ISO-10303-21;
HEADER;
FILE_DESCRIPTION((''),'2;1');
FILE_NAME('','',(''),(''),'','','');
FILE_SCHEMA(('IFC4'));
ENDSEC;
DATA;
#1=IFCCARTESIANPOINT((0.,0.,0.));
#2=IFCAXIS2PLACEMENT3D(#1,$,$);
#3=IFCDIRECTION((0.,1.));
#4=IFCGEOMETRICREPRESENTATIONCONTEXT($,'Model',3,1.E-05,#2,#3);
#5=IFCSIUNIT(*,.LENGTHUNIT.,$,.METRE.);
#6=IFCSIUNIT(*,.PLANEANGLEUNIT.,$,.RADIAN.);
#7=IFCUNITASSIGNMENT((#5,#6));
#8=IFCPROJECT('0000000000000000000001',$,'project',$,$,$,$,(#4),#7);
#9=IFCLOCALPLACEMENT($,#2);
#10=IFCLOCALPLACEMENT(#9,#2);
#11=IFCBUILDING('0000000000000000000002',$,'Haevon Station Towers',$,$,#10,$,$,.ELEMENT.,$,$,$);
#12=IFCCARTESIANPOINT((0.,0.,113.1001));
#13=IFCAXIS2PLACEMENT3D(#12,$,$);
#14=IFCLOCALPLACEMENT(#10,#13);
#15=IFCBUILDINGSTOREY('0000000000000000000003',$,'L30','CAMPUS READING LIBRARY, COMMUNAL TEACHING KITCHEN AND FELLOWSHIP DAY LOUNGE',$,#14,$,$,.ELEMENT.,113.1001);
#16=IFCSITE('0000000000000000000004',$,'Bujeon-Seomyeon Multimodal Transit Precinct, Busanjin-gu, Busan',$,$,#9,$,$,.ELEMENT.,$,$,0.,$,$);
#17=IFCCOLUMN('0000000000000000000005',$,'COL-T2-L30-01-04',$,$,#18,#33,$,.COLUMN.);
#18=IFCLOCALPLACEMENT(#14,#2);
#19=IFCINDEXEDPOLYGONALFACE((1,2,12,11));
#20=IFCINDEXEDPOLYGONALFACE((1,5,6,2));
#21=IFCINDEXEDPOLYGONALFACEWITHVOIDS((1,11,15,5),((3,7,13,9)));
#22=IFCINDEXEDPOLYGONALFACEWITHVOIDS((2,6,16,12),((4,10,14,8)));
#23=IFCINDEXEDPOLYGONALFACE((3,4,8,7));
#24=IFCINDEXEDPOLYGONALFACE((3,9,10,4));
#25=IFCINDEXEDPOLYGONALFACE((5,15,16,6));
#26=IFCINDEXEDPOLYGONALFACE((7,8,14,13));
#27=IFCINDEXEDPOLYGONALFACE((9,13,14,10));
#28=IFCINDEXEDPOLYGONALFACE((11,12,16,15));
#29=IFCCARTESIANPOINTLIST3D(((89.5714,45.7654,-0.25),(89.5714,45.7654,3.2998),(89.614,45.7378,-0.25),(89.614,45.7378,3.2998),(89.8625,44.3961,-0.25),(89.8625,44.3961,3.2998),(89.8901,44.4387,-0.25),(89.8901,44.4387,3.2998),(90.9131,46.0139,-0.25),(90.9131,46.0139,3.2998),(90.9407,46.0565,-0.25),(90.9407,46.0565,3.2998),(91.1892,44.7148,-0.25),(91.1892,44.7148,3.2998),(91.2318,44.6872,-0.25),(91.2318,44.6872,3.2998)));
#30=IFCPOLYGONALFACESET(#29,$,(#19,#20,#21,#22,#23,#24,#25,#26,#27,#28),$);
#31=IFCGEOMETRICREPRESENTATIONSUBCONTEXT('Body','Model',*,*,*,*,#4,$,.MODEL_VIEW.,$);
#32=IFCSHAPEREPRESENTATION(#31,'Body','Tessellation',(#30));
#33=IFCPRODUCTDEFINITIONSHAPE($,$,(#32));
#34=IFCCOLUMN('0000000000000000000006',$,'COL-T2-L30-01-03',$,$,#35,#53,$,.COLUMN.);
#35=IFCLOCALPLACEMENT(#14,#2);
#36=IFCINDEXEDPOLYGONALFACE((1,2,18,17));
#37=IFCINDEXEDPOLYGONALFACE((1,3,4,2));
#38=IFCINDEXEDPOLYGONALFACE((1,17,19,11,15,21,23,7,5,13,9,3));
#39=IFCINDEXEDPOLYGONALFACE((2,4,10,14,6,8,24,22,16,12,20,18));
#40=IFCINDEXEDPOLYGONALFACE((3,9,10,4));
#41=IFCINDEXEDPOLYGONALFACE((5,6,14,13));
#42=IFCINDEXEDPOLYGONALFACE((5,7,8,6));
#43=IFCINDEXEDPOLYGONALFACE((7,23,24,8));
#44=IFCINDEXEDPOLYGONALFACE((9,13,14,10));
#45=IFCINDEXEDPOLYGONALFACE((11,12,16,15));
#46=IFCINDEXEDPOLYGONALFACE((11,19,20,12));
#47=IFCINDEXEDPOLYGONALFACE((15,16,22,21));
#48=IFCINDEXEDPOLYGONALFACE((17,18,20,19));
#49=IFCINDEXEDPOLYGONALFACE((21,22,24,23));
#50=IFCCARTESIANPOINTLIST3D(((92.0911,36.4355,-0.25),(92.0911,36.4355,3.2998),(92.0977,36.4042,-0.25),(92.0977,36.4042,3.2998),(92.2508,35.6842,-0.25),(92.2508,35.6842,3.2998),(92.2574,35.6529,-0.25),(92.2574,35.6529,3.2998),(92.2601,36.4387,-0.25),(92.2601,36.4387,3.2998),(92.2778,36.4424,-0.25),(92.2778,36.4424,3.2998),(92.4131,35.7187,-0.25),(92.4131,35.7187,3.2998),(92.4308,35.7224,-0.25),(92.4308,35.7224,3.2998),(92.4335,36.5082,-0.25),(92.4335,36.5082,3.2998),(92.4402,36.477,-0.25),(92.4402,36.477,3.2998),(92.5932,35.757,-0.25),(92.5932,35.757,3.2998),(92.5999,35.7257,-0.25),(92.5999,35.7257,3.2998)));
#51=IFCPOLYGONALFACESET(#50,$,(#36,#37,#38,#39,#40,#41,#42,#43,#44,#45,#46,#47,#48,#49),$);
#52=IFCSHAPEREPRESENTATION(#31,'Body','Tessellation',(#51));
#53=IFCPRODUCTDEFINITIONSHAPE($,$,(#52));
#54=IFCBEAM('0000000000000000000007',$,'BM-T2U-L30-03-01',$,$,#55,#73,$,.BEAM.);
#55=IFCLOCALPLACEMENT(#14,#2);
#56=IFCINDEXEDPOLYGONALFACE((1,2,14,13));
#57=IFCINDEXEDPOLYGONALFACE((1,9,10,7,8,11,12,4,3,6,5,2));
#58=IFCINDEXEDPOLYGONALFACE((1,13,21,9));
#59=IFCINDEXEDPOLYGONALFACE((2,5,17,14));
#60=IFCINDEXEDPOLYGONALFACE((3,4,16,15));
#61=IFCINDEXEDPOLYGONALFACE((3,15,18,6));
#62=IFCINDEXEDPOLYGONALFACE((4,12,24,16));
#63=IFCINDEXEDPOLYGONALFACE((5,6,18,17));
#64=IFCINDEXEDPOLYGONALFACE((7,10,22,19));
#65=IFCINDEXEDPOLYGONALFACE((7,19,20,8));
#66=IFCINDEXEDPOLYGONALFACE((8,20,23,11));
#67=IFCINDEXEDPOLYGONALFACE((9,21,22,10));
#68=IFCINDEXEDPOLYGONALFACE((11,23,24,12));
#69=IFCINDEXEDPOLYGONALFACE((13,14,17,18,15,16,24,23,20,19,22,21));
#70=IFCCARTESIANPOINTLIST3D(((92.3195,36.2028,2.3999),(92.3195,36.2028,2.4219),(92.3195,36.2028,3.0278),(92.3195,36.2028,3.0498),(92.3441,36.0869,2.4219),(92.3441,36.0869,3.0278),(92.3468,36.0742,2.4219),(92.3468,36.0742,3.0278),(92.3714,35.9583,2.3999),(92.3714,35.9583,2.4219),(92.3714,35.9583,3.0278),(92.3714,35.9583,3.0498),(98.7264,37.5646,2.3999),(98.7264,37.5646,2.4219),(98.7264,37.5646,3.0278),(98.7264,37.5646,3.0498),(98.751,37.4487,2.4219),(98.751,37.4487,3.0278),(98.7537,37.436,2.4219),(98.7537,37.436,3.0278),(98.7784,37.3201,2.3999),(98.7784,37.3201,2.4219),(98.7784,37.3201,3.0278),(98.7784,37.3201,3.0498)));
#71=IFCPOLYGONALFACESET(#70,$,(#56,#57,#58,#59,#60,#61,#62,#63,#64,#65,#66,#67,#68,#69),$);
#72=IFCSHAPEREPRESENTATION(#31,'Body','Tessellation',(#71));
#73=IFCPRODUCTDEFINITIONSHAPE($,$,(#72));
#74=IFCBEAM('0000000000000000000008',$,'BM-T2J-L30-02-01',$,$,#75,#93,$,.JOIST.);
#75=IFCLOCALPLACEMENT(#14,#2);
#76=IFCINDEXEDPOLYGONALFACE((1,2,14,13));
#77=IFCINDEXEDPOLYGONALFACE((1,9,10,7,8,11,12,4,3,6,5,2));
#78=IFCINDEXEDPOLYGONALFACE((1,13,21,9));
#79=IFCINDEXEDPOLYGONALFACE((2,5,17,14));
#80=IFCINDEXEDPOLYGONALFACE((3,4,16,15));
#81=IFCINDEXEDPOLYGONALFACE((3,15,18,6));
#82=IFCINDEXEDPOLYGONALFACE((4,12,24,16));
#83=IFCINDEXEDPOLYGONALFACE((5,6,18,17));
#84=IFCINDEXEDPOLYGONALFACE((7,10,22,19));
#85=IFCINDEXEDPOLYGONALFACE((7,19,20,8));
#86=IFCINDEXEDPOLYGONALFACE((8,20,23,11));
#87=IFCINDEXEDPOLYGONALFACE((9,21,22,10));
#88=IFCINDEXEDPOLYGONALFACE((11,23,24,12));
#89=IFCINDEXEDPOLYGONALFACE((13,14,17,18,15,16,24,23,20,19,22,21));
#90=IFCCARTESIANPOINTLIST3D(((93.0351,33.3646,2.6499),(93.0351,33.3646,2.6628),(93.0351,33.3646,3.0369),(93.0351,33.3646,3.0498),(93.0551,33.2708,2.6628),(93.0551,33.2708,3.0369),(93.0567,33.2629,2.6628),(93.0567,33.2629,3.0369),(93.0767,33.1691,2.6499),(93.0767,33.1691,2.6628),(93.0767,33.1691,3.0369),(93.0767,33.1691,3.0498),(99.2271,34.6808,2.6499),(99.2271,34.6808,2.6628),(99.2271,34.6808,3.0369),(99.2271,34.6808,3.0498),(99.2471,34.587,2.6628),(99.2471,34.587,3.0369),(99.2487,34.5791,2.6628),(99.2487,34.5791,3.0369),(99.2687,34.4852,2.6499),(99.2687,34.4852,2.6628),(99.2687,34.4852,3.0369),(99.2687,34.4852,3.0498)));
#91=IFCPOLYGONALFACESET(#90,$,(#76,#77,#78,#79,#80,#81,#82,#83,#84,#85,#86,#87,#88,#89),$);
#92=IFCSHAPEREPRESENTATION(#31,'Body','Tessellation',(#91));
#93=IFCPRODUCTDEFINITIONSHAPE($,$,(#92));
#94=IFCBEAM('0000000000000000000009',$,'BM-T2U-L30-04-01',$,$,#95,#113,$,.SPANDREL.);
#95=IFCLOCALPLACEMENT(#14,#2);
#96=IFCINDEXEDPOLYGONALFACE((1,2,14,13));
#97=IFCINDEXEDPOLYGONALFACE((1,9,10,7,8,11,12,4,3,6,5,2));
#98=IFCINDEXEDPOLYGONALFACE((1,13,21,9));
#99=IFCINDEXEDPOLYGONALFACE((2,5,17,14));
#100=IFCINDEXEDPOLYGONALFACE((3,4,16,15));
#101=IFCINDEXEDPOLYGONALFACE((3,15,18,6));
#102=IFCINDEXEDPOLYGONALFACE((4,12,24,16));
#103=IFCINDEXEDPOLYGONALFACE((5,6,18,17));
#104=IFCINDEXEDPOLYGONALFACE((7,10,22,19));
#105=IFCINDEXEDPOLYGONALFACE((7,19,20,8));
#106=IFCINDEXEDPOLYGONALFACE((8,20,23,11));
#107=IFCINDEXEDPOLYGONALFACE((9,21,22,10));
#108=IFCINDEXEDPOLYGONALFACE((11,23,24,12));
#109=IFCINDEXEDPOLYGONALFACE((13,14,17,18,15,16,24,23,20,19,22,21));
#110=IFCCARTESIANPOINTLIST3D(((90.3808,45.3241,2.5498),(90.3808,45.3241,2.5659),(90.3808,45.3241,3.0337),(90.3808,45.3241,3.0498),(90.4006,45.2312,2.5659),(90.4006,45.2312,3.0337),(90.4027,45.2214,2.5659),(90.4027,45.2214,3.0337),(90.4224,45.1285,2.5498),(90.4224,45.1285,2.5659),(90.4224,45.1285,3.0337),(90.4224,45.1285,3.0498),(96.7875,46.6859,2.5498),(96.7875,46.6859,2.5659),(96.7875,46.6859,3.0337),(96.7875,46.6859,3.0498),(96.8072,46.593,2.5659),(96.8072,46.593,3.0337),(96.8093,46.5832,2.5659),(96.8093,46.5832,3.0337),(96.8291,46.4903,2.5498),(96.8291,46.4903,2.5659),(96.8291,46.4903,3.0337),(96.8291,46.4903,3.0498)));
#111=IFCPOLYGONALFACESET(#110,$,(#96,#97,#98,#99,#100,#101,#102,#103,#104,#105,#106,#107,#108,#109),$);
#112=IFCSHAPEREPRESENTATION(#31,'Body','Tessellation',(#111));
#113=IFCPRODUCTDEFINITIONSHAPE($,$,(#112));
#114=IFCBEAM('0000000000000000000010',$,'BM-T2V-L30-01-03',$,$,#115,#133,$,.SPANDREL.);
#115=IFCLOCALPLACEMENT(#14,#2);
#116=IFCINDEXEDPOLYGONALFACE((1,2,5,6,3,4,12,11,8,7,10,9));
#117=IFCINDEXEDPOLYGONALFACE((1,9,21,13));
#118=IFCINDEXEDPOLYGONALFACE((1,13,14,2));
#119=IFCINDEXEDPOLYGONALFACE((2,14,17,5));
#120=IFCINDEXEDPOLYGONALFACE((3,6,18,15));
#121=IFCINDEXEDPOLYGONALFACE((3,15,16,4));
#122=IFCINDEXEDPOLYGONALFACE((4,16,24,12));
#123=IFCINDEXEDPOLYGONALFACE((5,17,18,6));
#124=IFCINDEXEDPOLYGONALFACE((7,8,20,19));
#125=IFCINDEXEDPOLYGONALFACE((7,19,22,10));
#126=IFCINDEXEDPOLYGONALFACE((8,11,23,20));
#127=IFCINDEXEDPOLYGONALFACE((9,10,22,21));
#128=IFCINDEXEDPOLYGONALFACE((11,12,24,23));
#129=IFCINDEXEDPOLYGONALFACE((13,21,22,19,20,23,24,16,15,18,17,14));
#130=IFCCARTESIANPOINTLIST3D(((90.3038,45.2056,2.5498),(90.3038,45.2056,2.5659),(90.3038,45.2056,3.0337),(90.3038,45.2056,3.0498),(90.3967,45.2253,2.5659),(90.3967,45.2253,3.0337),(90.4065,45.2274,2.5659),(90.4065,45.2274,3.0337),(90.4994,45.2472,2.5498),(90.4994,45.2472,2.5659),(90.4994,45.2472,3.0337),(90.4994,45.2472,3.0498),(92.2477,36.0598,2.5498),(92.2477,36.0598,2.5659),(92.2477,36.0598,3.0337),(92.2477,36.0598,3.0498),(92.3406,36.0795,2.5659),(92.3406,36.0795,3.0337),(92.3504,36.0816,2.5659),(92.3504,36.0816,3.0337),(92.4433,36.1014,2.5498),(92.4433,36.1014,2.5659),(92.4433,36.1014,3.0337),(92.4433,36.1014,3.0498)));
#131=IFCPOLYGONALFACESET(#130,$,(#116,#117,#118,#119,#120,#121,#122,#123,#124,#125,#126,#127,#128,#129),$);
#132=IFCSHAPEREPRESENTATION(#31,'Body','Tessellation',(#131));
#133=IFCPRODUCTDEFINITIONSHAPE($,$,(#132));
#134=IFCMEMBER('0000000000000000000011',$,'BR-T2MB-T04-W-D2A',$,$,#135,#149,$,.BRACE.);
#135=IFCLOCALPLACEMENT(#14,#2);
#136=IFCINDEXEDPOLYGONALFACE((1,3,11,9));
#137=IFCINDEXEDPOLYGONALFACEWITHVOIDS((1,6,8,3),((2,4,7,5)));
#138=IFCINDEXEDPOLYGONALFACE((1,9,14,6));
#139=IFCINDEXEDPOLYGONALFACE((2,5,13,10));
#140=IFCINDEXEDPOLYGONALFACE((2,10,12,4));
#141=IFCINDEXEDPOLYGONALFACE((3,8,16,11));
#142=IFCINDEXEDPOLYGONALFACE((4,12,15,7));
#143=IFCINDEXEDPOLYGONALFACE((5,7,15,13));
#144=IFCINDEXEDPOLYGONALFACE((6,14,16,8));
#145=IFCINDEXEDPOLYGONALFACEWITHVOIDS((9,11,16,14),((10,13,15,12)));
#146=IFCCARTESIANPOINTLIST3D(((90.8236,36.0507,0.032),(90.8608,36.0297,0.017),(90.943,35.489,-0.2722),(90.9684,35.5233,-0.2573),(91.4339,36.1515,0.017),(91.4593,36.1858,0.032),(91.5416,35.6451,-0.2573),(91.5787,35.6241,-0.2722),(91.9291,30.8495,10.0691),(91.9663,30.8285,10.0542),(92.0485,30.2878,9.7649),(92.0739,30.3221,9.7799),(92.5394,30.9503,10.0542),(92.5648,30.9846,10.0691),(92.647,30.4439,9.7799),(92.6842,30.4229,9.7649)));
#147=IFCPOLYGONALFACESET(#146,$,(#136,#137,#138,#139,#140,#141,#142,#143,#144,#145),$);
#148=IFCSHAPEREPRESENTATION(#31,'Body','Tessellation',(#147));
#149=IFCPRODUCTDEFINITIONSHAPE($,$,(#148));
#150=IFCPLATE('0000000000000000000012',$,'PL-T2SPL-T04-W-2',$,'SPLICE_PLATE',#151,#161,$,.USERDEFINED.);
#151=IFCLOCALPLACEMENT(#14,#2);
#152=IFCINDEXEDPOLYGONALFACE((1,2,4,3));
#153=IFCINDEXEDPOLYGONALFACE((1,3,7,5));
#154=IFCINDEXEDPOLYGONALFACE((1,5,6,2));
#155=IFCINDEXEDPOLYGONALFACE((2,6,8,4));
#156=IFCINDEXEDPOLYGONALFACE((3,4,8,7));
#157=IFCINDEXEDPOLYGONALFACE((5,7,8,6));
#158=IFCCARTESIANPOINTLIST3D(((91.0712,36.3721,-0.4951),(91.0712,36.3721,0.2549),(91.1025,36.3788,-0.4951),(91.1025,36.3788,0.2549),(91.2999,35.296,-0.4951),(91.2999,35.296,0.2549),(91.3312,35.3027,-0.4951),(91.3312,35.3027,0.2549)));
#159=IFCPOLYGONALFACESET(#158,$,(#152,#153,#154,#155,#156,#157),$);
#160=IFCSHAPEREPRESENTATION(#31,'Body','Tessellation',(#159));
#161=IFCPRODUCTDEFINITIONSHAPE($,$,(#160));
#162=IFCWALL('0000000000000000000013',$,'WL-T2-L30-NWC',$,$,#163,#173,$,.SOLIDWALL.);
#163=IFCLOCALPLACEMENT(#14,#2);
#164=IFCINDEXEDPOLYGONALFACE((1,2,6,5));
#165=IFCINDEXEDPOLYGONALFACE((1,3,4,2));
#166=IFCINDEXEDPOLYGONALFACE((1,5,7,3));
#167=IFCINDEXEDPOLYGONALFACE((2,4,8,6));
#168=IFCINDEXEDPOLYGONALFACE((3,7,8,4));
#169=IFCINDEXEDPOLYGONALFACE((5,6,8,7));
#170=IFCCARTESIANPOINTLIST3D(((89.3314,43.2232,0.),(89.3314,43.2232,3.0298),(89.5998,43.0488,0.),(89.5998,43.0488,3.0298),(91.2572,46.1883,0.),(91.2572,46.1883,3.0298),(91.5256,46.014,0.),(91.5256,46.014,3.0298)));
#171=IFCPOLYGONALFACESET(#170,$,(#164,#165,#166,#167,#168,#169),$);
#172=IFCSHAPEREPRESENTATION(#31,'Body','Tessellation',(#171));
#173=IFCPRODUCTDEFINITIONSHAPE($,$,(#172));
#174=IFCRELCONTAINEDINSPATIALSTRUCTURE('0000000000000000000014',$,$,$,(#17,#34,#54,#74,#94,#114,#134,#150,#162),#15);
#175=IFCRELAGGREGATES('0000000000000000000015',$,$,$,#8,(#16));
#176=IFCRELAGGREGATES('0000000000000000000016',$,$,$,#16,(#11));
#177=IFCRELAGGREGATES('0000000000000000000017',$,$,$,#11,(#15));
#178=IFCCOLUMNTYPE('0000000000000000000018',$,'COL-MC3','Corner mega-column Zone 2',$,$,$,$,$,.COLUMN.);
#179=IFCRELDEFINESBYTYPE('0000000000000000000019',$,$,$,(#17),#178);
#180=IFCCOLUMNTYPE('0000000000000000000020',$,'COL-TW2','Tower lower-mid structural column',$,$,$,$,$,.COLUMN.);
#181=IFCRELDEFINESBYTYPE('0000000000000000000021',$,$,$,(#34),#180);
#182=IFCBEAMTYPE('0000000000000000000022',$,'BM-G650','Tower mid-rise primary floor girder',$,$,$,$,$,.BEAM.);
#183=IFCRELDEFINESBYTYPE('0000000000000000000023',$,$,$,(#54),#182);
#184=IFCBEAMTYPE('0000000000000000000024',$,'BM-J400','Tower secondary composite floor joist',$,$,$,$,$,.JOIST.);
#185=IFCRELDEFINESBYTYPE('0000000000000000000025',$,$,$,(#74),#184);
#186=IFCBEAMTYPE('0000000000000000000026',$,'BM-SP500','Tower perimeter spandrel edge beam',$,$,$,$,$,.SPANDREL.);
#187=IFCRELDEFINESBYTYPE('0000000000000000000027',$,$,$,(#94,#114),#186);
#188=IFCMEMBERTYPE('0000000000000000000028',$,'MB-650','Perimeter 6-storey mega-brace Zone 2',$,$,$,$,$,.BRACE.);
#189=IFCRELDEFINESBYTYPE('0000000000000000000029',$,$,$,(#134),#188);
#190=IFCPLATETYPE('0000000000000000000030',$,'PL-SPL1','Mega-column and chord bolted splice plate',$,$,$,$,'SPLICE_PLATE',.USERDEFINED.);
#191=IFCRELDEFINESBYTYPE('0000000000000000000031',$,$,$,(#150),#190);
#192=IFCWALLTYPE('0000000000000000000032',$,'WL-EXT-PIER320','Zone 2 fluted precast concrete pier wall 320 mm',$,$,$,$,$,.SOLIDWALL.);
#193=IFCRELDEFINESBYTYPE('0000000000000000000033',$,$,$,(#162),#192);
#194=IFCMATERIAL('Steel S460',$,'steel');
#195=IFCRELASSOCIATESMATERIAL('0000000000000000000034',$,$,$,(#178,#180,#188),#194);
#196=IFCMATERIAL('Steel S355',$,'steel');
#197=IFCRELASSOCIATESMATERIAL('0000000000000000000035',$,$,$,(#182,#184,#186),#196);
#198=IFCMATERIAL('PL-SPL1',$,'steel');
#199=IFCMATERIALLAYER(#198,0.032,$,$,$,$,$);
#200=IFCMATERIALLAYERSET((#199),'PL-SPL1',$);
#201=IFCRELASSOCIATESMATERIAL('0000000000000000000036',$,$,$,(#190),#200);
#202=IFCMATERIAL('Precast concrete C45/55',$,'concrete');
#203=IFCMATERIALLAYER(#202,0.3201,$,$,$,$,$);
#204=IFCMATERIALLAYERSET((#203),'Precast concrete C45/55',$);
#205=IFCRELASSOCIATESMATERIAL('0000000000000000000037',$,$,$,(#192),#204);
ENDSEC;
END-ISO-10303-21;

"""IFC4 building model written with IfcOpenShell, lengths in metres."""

from ifc_helpers import new_model, si_unit, direction, frame, frame_2d, origin, origin_2d, place, context, subcontext, project, spatial, rectangle, hollow_rectangle, i_section, extrude, material, layer, layer_set, material_profile, profile_set, type_object, element, save


model = new_model("IFC4")

# Units and contexts
model_context = context("Model", 3, precision=1e-05, world=origin(), true_north=direction((0.0, 1.0)))
body_context = subcontext(model_context, "Body", "Model", "MODEL_VIEW")
ifc_project = project(units=[si_unit("LENGTHUNIT", "METRE"), si_unit("PLANEANGLEUNIT", "RADIAN")], contexts=[model_context])

# Site, building, storey
site_placement = place(None, origin())
site = spatial("IfcSite", under=ifc_project, at=site_placement, Name="Bujeon-Seomyeon Multimodal Transit Precinct, Busanjin-gu, Busan", CompositionType="ELEMENT", RefElevation=0.0)
building_placement = place(site_placement, origin())
building = spatial("IfcBuilding", under=site, at=building_placement, Name="Haevon Station Towers", CompositionType="ELEMENT")
storey_placement = place(building_placement, frame((0.0, 0.0, 113.1001)))
storey = spatial("IfcBuildingStorey", under=building, at=storey_placement, Name="L30", Description="CAMPUS READING LIBRARY, COMMUNAL TEACHING KITCHEN AND FELLOWSHIP DAY LOUNGE", CompositionType="ELEMENT", Elevation=113.1001)

# Columns
ifc_material_1 = material(Name="Steel S460", Category="steel")
ifc_material_profile_1 = material_profile(ifc_material_1, hollow_rectangle(XDim=1.3999, YDim=1.3999, WallThickness=0.0359, at=origin_2d()), Name="BOX-1400x1400x36")
ifc_profile_set_1 = profile_set([ifc_material_profile_1], Name="Steel S460")
column_type_1 = type_object("IfcColumnType", Name="COL-MC3", Description="Corner mega-column Zone 2", PredefinedType="COLUMN", material=ifc_profile_set_1)
column_1_placement = place(storey_placement, frame((90.4016, 45.2263, -0.25), z_axis=(0.0, 0.0, 1.0), x_axis=(0.978148, 0.207912, 0.0)))
element("IfcColumn", 1, at=column_1_placement, inside=storey, type_object=column_type_1, Name="COL-T2-L30-01-04", PredefinedType="COLUMN", context=body_context, shape_type="SweptSolid", body=[
    extrude(hollow_rectangle(XDim=1.3999, YDim=1.3999, WallThickness=0.0359, at=origin_2d()), origin(), (0.0, 0.0, 1.0), 3.5498),
])
ifc_material_profile_2 = material_profile(ifc_material_1, i_section(OverallWidth=0.3501, OverallDepth=0.8, WebThickness=0.0181, FlangeThickness=0.032, at=origin_2d()), Name="H-800x350x18x32")
ifc_profile_set_2 = profile_set([ifc_material_profile_2], Name="Steel S460")
column_type_2 = type_object("IfcColumnType", Name="COL-TW2", Description="Tower lower-mid structural column", PredefinedType="COLUMN", material=ifc_profile_set_2)
column_2_placement = place(storey_placement, frame((92.3455, 36.0806, -0.25), z_axis=(0.0, 0.0, 1.0), x_axis=(0.978148, 0.207912, 0.0)))
element("IfcColumn", 2, at=column_2_placement, inside=storey, type_object=column_type_2, Name="COL-T2-L30-01-03", PredefinedType="COLUMN", context=body_context, shape_type="SweptSolid", body=[
    extrude(i_section(OverallWidth=0.3501, OverallDepth=0.8, WebThickness=0.0181, FlangeThickness=0.032, at=origin_2d()), origin(), (0.0, 0.0, 1.0), 3.5498),
])

# Beams
ifc_material_2 = material(Name="Steel S355", Category="steel")
ifc_material_profile_3 = material_profile(ifc_material_2, i_section(OverallWidth=0.25, OverallDepth=0.6499, WebThickness=0.0129, FlangeThickness=0.022, at=origin_2d()), Name="H-650x250x13x22")
ifc_profile_set_3 = profile_set([ifc_material_profile_3], Name="Steel S355")
beam_type_1 = type_object("IfcBeamType", Name="BM-G650", Description="Tower mid-rise primary floor girder", PredefinedType="BEAM", material=ifc_profile_set_3)
beam_1_placement = place(storey_placement, frame((92.3455, 36.0806, 2.7249), z_axis=(0.978149, 0.207907, 0.0), x_axis=(-0.207907, 0.978149, 0.0)))
element("IfcBeam", 3, at=beam_1_placement, inside=storey, type_object=beam_type_1, Name="BM-T2U-L30-03-01", PredefinedType="BEAM", context=body_context, shape_type="SweptSolid", body=[
    extrude(i_section(OverallWidth=0.25, OverallDepth=0.6499, WebThickness=0.0129, FlangeThickness=0.022, at=origin_2d()), origin(), (0.0, 0.0, 1.0), 6.55),
])
ifc_material_profile_4 = material_profile(ifc_material_2, i_section(OverallWidth=0.2, OverallDepth=0.3999, WebThickness=0.0081, FlangeThickness=0.0129, at=origin_2d()), Name="H-400x200x8x13")
ifc_profile_set_4 = profile_set([ifc_material_profile_4], Name="Steel S355")
beam_type_2 = type_object("IfcBeamType", Name="BM-J400", Description="Tower secondary composite floor joist", PredefinedType="JOIST", material=ifc_profile_set_4)
beam_2_placement = place(storey_placement, frame((93.0559, 33.2668, 2.8499), z_axis=(0.978146, 0.207917, 0.0), x_axis=(-0.207917, 0.978146, 0.0)))
element("IfcBeam", 4, at=beam_2_placement, inside=storey, type_object=beam_type_2, Name="BM-T2J-L30-02-01", PredefinedType="JOIST", context=body_context, shape_type="SweptSolid", body=[
    extrude(i_section(OverallWidth=0.2, OverallDepth=0.3999, WebThickness=0.0081, FlangeThickness=0.0129, at=origin_2d()), origin(), (0.0, 0.0, 1.0), 6.3303),
])
ifc_material_profile_5 = material_profile(ifc_material_2, i_section(OverallWidth=0.2, OverallDepth=0.5, WebThickness=0.01, FlangeThickness=0.0161, at=origin_2d()), Name="H-500x200x10x16")
ifc_profile_set_5 = profile_set([ifc_material_profile_5], Name="Steel S355")
beam_type_3 = type_object("IfcBeamType", Name="BM-SP500", Description="Tower perimeter spandrel edge beam", PredefinedType="SPANDREL", material=ifc_profile_set_5)
beam_3_placement = place(storey_placement, frame((90.4016, 45.2263, 2.7998), z_axis=(0.978147, 0.207915, 0.0), x_axis=(-0.207915, 0.978147, 0.0)))
element("IfcBeam", 5, at=beam_3_placement, inside=storey, type_object=beam_type_3, Name="BM-T2U-L30-04-01", PredefinedType="SPANDREL", context=body_context, shape_type="SweptSolid", body=[
    extrude(i_section(OverallWidth=0.2, OverallDepth=0.5, WebThickness=0.01, FlangeThickness=0.0161, at=origin_2d()), origin(), (0.0, 0.0, 1.0), 6.5498),
])
beam_4_placement = place(storey_placement, frame((92.3455, 36.0806, 2.7998), z_axis=(-0.207897, 0.978151, 0.0), x_axis=(-0.978151, -0.207897, 0.0)))
element("IfcBeam", 6, at=beam_4_placement, inside=storey, type_object=beam_type_3, Name="BM-T2V-L30-01-03", PredefinedType="SPANDREL", context=body_context, shape_type="SweptSolid", body=[
    extrude(i_section(OverallWidth=0.2, OverallDepth=0.5, WebThickness=0.01, FlangeThickness=0.0161, at=origin_2d()), origin(), (0.0, 0.0, 1.0), 9.3501),
])

# Member
ifc_material_profile_6 = material_profile(ifc_material_1, hollow_rectangle(XDim=0.6499, YDim=0.6499, WallThickness=0.032, at=origin_2d()), Name="RHS-650x650x32")
ifc_profile_set_6 = profile_set([ifc_material_profile_6], Name="Steel S460")
member_type = type_object("IfcMemberType", Name="MB-650", Description="Perimeter 6-storey mega-brace Zone 2", PredefinedType="BRACE", material=ifc_profile_set_6)
member_placement = place(storey_placement, frame((91.2012, 35.8374, -0.1201), z_axis=(0.097324, -0.457906, 0.883657), x_axis=(0.97815, 0.207898, 0.0)))
element("IfcMember", 7, at=member_placement, inside=storey, type_object=member_type, Name="BR-T2MB-T04-W-D2A", PredefinedType="BRACE", context=body_context, shape_type="SweptSolid", body=[
    extrude(hollow_rectangle(XDim=0.6499, YDim=0.6499, WallThickness=0.032, at=origin_2d()), origin(), (0.0, 0.0, 1.0), 11.3586),
])

# Plate
ifc_material_3 = material(Name="PL-SPL1", Category="steel")
ifc_layer_1 = layer(ifc_material_3, 0.032)
ifc_layer_set_1 = layer_set([ifc_layer_1], Name="PL-SPL1")
plate_type = type_object("IfcPlateType", Name="PL-SPL1", Description="Mega-column and chord bolted splice plate", ElementType="SPLICE_PLATE", PredefinedType="USERDEFINED", material=ifc_layer_set_1)
plate_placement = place(storey_placement, frame((91.2012, 35.8374, -0.4951), z_axis=(0.0, 0.0, 1.0), x_axis=(-0.207912, 0.978148, 0.0)))
element("IfcPlate", 8, at=plate_placement, inside=storey, type_object=plate_type, Name="PL-T2SPL-T04-W-2", ObjectType="SPLICE_PLATE", PredefinedType="USERDEFINED", context=body_context, shape_type="SweptSolid", body=[
    extrude(rectangle(XDim=1.1001, YDim=0.032, at=origin_2d()), origin(), (0.0, 0.0, 1.0), 0.75),
])

# Wall
ifc_material_4 = material(Name="Precast concrete C45/55", Category="concrete")
ifc_layer_2 = layer(ifc_material_4, 0.3201)
ifc_layer_set_2 = layer_set([ifc_layer_2], Name="Precast concrete C45/55")
wall_type = type_object("IfcWallType", Name="WL-EXT-PIER320", Description="Zone 2 fluted precast concrete pier wall 320 mm", PredefinedType="SOLIDWALL", material=ifc_layer_set_2)
wall_1_placement = place(storey_placement, frame((89.4656, 43.136, 0.0), z_axis=(0.0, 0.0, 1.0), x_axis=(0.544685, 0.838641, 0.0)))
element("IfcWall", 9, at=wall_1_placement, inside=storey, type_object=wall_type, Name="WL-T2-L30-NWC", PredefinedType="SOLIDWALL", context=body_context, shape_type="SweptSolid", body=[
    extrude(rectangle(XDim=3.5356, YDim=0.3201, at=frame_2d((1.7678, 0.0))), origin(), (0.0, 0.0, 1.0), 3.0298),
])

save(model, "model.ifc")
